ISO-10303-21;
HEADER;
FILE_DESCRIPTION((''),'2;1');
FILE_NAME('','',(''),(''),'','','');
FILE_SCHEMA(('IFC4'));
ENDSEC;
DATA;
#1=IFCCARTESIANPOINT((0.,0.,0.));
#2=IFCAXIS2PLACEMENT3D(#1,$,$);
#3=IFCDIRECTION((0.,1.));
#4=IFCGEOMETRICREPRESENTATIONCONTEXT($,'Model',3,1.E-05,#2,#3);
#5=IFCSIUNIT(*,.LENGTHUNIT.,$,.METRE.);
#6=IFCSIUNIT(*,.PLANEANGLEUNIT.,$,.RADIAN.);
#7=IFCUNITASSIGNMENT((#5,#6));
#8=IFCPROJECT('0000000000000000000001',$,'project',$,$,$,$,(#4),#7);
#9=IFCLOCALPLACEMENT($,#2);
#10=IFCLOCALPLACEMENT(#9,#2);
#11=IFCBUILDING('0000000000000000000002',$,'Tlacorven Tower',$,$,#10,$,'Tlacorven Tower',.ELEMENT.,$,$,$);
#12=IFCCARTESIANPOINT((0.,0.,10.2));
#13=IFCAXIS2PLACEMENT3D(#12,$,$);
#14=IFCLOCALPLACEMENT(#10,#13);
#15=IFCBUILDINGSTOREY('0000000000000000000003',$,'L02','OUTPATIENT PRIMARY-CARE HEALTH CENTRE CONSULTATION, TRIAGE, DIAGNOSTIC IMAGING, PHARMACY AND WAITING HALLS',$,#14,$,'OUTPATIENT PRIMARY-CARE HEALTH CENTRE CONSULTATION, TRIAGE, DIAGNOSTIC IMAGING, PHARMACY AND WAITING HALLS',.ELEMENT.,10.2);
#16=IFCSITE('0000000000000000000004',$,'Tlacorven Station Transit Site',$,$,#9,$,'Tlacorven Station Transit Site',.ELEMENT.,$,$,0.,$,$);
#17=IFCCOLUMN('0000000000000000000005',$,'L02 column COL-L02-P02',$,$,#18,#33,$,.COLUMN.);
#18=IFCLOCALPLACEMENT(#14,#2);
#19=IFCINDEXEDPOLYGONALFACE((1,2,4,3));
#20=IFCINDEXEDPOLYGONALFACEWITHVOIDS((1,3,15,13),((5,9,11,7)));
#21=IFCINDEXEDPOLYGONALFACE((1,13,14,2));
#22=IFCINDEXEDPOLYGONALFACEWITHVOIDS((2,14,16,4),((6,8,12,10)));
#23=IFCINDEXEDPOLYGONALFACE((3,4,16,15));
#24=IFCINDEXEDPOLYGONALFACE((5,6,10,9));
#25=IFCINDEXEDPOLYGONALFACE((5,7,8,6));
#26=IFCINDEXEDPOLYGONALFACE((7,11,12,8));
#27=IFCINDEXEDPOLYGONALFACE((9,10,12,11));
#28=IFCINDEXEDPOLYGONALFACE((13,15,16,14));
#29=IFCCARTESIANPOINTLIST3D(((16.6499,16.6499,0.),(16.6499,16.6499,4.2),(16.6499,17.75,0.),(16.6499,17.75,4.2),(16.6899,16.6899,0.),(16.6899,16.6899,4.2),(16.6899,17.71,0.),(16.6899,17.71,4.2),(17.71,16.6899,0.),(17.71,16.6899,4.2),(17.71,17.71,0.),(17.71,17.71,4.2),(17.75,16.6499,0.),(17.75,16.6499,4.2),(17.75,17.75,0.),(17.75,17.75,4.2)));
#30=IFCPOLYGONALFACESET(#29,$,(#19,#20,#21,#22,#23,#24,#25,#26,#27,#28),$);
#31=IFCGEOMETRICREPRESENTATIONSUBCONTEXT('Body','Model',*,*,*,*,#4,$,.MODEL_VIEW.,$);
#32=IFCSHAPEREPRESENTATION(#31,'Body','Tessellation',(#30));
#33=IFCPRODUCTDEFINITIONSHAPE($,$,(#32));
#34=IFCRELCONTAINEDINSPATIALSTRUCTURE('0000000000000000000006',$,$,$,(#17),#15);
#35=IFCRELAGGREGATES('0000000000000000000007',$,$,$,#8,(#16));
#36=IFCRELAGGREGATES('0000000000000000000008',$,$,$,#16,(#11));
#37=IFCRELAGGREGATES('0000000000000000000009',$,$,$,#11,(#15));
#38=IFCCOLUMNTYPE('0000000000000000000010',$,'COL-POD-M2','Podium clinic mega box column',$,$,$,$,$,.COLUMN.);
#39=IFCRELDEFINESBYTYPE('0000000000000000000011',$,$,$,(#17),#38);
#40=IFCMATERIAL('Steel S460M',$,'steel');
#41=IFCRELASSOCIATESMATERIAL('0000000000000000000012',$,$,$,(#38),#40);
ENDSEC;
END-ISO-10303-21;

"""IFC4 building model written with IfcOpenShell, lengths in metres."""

from ifc_helpers import new_model, si_unit, direction, frame, origin, origin_2d, place, context, subcontext, project, spatial, hollow_rectangle, extrude, source, transform, mapped, material, material_profile, profile_set, type_object, element, save


model = new_model("IFC4")

# Units and contexts
model_context = context("Model", 3, precision=1e-05, world=origin(), true_north=direction((0.0, 1.0)))
body_context = subcontext(model_context, "Body", "Model", "MODEL_VIEW")
ifc_project = project(units=[si_unit("LENGTHUNIT", "METRE"), si_unit("PLANEANGLEUNIT", "RADIAN")], contexts=[model_context])

# Site, building, storey
site_placement = place(None, origin())
site = spatial("IfcSite", under=ifc_project, at=site_placement, Name="Tlacorven Station Transit Site", LongName="Tlacorven Station Transit Site", CompositionType="ELEMENT", RefElevation=0.0)
building_placement = place(site_placement, origin())
building = spatial("IfcBuilding", under=site, at=building_placement, Name="Tlacorven Tower", LongName="Tlacorven Tower", CompositionType="ELEMENT")
storey_placement = place(building_placement, frame((0.0, 0.0, 10.2)))
storey = spatial("IfcBuildingStorey", under=building, at=storey_placement, Name="L02", Description="OUTPATIENT PRIMARY-CARE HEALTH CENTRE CONSULTATION, TRIAGE, DIAGNOSTIC IMAGING, PHARMACY AND WAITING HALLS", LongName="OUTPATIENT PRIMARY-CARE HEALTH CENTRE CONSULTATION, TRIAGE, DIAGNOSTIC IMAGING, PHARMACY AND WAITING HALLS", CompositionType="ELEMENT", Elevation=10.2)

# Column
ifc_material_1 = material(Name="Steel S460M", Category="steel")
ifc_material_profile = material_profile(ifc_material_1, hollow_rectangle(XDim=1.1001, YDim=1.1001, WallThickness=0.04, at=origin_2d()), Name="BOX 1100X1100X40")
ifc_profile_set = profile_set([ifc_material_profile], Name="Steel S460M")
column_type = type_object("IfcColumnType", Name="COL-POD-M2", Description="Podium clinic mega box column", PredefinedType="COLUMN", material=ifc_profile_set)
shared_shape_1 = source(origin(), body_context, "Body", "SweptSolid", [
    extrude(hollow_rectangle(XDim=1.1001, YDim=1.1001, WallThickness=0.04, at=origin_2d()), origin(), (0.0, 0.0, 1.0), 4.2),
])
column_placement = place(storey_placement, frame((17.2, 17.2, 0.0), z_axis=(0.0, 0.0, 1.0), x_axis=(1.0, 0.0, 0.0)))
element("IfcColumn", 1, at=column_placement, inside=storey, type_object=column_type, Name="L02 column COL-L02-P02", PredefinedType="COLUMN", context=body_context, shape_type="MappedRepresentation", body=[
    mapped(shared_shape_1, transform((0.0, 0.0, 0.0), scale=1.0)),
])

save(model, "model.ifc")
